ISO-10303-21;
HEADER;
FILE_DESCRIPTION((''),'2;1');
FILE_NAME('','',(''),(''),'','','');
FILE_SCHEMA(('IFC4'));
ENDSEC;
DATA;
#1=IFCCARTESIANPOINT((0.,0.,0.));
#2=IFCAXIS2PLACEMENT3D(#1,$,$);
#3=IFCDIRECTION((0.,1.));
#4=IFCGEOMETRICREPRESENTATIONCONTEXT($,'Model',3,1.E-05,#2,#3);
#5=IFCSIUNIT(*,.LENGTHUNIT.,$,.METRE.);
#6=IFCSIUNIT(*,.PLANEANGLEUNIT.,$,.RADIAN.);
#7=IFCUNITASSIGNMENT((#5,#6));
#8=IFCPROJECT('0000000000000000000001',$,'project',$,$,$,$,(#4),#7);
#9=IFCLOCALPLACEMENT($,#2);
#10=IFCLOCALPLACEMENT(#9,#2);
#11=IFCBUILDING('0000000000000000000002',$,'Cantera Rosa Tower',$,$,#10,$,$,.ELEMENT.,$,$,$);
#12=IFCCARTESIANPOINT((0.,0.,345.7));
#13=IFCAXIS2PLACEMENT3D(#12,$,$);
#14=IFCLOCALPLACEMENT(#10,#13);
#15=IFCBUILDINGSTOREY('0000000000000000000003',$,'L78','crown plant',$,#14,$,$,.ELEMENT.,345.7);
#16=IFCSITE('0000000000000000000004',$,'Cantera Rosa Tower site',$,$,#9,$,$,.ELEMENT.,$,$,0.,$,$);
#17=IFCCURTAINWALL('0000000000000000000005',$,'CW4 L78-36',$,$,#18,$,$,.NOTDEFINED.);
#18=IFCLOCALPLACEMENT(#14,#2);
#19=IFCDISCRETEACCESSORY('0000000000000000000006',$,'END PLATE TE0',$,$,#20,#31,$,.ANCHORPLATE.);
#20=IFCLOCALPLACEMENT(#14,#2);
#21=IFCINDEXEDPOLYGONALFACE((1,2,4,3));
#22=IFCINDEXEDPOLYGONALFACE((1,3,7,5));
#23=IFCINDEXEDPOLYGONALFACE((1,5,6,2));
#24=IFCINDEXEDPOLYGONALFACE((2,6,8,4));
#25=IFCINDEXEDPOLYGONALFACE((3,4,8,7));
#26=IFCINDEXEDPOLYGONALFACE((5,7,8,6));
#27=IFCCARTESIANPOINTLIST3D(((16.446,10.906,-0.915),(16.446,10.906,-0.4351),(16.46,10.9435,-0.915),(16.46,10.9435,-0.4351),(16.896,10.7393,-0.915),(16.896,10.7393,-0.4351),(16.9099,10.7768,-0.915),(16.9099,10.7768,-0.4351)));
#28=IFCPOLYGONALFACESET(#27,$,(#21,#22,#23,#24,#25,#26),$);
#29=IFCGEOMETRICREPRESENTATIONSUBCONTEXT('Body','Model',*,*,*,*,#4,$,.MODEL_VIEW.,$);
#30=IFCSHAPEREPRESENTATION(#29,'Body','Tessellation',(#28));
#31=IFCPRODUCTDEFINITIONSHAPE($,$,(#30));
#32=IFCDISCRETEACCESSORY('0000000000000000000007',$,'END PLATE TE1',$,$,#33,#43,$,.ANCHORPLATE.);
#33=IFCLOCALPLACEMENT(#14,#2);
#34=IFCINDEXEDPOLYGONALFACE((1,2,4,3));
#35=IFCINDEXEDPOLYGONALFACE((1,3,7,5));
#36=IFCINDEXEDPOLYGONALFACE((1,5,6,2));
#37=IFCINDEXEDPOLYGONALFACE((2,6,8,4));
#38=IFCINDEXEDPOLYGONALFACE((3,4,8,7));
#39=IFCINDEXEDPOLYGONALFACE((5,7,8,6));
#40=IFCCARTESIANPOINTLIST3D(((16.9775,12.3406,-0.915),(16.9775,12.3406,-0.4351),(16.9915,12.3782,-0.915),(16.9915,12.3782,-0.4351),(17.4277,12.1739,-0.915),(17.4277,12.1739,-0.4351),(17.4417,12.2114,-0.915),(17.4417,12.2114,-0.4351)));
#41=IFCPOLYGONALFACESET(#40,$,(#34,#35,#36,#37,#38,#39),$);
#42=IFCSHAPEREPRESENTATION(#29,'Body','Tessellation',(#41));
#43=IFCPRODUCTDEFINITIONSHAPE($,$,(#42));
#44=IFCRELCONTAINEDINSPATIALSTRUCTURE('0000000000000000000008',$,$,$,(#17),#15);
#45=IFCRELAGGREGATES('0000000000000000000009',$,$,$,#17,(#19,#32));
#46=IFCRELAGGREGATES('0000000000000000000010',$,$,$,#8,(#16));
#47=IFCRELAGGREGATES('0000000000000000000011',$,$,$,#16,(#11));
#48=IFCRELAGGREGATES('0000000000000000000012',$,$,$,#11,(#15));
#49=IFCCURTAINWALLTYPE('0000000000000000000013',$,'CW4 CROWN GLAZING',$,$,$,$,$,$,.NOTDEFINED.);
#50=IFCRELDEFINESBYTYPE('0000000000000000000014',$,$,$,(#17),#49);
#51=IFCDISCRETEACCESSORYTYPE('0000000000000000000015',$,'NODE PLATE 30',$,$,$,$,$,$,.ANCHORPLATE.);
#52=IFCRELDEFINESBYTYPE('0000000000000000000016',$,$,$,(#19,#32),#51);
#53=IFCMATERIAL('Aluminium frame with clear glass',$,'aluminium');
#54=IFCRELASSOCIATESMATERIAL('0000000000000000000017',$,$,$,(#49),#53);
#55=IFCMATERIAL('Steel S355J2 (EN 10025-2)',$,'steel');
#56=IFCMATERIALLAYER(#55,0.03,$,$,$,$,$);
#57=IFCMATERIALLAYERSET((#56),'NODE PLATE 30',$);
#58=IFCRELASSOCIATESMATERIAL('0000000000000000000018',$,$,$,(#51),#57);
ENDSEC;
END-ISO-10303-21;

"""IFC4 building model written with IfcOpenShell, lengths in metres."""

from ifc_helpers import new_model, si_unit, direction, frame, origin, place, context, subcontext, project, spatial, polyline, outline, extrude, material, layer, layer_set, type_object, element, aggregate, save


model = new_model("IFC4")

# Units and contexts
model_context = context("Model", 3, precision=1e-05, world=origin(), true_north=direction((0.0, 1.0)))
body_context = subcontext(model_context, "Body", "Model", "MODEL_VIEW")
ifc_project = project(units=[si_unit("LENGTHUNIT", "METRE"), si_unit("PLANEANGLEUNIT", "RADIAN")], contexts=[model_context])

# Site, building, storey
site_placement = place(None, origin())
site = spatial("IfcSite", under=ifc_project, at=site_placement, Name="Cantera Rosa Tower site", CompositionType="ELEMENT", RefElevation=0.0)
building_placement = place(site_placement, origin())
building = spatial("IfcBuilding", under=site, at=building_placement, Name="Cantera Rosa Tower", CompositionType="ELEMENT")
storey_placement = place(building_placement, frame((0.0, 0.0, 345.7)))
storey = spatial("IfcBuildingStorey", under=building, at=storey_placement, Name="L78", Description="crown plant", CompositionType="ELEMENT", Elevation=345.7)

# Curtain wall
ifc_material_1 = material(Name="Aluminium frame with clear glass", Category="aluminium")
curtain_wall_type = type_object("IfcCurtainWallType", Name="CW4 CROWN GLAZING", PredefinedType="NOTDEFINED", material=ifc_material_1)
curtain_wall_1_placement = place(storey_placement, origin())
curtain_wall_1 = element("IfcCurtainWall", 1, at=curtain_wall_1_placement, inside=storey, type_object=curtain_wall_type, Name="CW4 L78-36", PredefinedType="NOTDEFINED")

# Discrete accessories
ifc_material_2 = material(Name="Steel S355J2 (EN 10025-2)", Category="steel")
ifc_layer_1 = layer(ifc_material_2, 0.03)
ifc_layer_set_1 = layer_set([ifc_layer_1], Name="NODE PLATE 30")
discrete_accessory_type = type_object("IfcDiscreteAccessoryType", Name="NODE PLATE 30", PredefinedType="ANCHORPLATE", material=ifc_layer_set_1)
discrete_accessory_1_placement = place(storey_placement, frame((16.896, 10.7393, -0.4351), z_axis=(-0.347497, -0.937681, 0.0), x_axis=(-0.937681, 0.347497, 0.0)))
discrete_accessory_1 = element("IfcDiscreteAccessory", 2, at=discrete_accessory_1_placement, type_object=discrete_accessory_type, Name="END PLATE TE0", PredefinedType="ANCHORPLATE", context=body_context, shape_type="SweptSolid", body=[
    extrude(outline(polyline([(0.0, 0.0), (0.4799, 0.0), (0.4799, 0.48), (0.0, 0.48), (0.0, 0.0)])), origin(), (0.0, 0.0, -1.0), 0.04),
])
discrete_accessory_2_placement = place(storey_placement, frame((16.9915, 12.3782, -0.4351), z_axis=(0.347331, 0.937743, 0.0), x_axis=(0.937743, -0.347331, 0.0)))
discrete_accessory_2 = element("IfcDiscreteAccessory", 3, at=discrete_accessory_2_placement, type_object=discrete_accessory_type, Name="END PLATE TE1", PredefinedType="ANCHORPLATE", context=body_context, shape_type="SweptSolid", body=[
    extrude(outline(polyline([(0.0, 0.0), (0.4801, 0.0), (0.4801, 0.48), (0.0, 0.48), (0.0, 0.0)])), origin(), (0.0, 0.0, -1.0), 0.04),
])
aggregate(curtain_wall_1, [discrete_accessory_1, discrete_accessory_2])

save(model, "model.ifc")
